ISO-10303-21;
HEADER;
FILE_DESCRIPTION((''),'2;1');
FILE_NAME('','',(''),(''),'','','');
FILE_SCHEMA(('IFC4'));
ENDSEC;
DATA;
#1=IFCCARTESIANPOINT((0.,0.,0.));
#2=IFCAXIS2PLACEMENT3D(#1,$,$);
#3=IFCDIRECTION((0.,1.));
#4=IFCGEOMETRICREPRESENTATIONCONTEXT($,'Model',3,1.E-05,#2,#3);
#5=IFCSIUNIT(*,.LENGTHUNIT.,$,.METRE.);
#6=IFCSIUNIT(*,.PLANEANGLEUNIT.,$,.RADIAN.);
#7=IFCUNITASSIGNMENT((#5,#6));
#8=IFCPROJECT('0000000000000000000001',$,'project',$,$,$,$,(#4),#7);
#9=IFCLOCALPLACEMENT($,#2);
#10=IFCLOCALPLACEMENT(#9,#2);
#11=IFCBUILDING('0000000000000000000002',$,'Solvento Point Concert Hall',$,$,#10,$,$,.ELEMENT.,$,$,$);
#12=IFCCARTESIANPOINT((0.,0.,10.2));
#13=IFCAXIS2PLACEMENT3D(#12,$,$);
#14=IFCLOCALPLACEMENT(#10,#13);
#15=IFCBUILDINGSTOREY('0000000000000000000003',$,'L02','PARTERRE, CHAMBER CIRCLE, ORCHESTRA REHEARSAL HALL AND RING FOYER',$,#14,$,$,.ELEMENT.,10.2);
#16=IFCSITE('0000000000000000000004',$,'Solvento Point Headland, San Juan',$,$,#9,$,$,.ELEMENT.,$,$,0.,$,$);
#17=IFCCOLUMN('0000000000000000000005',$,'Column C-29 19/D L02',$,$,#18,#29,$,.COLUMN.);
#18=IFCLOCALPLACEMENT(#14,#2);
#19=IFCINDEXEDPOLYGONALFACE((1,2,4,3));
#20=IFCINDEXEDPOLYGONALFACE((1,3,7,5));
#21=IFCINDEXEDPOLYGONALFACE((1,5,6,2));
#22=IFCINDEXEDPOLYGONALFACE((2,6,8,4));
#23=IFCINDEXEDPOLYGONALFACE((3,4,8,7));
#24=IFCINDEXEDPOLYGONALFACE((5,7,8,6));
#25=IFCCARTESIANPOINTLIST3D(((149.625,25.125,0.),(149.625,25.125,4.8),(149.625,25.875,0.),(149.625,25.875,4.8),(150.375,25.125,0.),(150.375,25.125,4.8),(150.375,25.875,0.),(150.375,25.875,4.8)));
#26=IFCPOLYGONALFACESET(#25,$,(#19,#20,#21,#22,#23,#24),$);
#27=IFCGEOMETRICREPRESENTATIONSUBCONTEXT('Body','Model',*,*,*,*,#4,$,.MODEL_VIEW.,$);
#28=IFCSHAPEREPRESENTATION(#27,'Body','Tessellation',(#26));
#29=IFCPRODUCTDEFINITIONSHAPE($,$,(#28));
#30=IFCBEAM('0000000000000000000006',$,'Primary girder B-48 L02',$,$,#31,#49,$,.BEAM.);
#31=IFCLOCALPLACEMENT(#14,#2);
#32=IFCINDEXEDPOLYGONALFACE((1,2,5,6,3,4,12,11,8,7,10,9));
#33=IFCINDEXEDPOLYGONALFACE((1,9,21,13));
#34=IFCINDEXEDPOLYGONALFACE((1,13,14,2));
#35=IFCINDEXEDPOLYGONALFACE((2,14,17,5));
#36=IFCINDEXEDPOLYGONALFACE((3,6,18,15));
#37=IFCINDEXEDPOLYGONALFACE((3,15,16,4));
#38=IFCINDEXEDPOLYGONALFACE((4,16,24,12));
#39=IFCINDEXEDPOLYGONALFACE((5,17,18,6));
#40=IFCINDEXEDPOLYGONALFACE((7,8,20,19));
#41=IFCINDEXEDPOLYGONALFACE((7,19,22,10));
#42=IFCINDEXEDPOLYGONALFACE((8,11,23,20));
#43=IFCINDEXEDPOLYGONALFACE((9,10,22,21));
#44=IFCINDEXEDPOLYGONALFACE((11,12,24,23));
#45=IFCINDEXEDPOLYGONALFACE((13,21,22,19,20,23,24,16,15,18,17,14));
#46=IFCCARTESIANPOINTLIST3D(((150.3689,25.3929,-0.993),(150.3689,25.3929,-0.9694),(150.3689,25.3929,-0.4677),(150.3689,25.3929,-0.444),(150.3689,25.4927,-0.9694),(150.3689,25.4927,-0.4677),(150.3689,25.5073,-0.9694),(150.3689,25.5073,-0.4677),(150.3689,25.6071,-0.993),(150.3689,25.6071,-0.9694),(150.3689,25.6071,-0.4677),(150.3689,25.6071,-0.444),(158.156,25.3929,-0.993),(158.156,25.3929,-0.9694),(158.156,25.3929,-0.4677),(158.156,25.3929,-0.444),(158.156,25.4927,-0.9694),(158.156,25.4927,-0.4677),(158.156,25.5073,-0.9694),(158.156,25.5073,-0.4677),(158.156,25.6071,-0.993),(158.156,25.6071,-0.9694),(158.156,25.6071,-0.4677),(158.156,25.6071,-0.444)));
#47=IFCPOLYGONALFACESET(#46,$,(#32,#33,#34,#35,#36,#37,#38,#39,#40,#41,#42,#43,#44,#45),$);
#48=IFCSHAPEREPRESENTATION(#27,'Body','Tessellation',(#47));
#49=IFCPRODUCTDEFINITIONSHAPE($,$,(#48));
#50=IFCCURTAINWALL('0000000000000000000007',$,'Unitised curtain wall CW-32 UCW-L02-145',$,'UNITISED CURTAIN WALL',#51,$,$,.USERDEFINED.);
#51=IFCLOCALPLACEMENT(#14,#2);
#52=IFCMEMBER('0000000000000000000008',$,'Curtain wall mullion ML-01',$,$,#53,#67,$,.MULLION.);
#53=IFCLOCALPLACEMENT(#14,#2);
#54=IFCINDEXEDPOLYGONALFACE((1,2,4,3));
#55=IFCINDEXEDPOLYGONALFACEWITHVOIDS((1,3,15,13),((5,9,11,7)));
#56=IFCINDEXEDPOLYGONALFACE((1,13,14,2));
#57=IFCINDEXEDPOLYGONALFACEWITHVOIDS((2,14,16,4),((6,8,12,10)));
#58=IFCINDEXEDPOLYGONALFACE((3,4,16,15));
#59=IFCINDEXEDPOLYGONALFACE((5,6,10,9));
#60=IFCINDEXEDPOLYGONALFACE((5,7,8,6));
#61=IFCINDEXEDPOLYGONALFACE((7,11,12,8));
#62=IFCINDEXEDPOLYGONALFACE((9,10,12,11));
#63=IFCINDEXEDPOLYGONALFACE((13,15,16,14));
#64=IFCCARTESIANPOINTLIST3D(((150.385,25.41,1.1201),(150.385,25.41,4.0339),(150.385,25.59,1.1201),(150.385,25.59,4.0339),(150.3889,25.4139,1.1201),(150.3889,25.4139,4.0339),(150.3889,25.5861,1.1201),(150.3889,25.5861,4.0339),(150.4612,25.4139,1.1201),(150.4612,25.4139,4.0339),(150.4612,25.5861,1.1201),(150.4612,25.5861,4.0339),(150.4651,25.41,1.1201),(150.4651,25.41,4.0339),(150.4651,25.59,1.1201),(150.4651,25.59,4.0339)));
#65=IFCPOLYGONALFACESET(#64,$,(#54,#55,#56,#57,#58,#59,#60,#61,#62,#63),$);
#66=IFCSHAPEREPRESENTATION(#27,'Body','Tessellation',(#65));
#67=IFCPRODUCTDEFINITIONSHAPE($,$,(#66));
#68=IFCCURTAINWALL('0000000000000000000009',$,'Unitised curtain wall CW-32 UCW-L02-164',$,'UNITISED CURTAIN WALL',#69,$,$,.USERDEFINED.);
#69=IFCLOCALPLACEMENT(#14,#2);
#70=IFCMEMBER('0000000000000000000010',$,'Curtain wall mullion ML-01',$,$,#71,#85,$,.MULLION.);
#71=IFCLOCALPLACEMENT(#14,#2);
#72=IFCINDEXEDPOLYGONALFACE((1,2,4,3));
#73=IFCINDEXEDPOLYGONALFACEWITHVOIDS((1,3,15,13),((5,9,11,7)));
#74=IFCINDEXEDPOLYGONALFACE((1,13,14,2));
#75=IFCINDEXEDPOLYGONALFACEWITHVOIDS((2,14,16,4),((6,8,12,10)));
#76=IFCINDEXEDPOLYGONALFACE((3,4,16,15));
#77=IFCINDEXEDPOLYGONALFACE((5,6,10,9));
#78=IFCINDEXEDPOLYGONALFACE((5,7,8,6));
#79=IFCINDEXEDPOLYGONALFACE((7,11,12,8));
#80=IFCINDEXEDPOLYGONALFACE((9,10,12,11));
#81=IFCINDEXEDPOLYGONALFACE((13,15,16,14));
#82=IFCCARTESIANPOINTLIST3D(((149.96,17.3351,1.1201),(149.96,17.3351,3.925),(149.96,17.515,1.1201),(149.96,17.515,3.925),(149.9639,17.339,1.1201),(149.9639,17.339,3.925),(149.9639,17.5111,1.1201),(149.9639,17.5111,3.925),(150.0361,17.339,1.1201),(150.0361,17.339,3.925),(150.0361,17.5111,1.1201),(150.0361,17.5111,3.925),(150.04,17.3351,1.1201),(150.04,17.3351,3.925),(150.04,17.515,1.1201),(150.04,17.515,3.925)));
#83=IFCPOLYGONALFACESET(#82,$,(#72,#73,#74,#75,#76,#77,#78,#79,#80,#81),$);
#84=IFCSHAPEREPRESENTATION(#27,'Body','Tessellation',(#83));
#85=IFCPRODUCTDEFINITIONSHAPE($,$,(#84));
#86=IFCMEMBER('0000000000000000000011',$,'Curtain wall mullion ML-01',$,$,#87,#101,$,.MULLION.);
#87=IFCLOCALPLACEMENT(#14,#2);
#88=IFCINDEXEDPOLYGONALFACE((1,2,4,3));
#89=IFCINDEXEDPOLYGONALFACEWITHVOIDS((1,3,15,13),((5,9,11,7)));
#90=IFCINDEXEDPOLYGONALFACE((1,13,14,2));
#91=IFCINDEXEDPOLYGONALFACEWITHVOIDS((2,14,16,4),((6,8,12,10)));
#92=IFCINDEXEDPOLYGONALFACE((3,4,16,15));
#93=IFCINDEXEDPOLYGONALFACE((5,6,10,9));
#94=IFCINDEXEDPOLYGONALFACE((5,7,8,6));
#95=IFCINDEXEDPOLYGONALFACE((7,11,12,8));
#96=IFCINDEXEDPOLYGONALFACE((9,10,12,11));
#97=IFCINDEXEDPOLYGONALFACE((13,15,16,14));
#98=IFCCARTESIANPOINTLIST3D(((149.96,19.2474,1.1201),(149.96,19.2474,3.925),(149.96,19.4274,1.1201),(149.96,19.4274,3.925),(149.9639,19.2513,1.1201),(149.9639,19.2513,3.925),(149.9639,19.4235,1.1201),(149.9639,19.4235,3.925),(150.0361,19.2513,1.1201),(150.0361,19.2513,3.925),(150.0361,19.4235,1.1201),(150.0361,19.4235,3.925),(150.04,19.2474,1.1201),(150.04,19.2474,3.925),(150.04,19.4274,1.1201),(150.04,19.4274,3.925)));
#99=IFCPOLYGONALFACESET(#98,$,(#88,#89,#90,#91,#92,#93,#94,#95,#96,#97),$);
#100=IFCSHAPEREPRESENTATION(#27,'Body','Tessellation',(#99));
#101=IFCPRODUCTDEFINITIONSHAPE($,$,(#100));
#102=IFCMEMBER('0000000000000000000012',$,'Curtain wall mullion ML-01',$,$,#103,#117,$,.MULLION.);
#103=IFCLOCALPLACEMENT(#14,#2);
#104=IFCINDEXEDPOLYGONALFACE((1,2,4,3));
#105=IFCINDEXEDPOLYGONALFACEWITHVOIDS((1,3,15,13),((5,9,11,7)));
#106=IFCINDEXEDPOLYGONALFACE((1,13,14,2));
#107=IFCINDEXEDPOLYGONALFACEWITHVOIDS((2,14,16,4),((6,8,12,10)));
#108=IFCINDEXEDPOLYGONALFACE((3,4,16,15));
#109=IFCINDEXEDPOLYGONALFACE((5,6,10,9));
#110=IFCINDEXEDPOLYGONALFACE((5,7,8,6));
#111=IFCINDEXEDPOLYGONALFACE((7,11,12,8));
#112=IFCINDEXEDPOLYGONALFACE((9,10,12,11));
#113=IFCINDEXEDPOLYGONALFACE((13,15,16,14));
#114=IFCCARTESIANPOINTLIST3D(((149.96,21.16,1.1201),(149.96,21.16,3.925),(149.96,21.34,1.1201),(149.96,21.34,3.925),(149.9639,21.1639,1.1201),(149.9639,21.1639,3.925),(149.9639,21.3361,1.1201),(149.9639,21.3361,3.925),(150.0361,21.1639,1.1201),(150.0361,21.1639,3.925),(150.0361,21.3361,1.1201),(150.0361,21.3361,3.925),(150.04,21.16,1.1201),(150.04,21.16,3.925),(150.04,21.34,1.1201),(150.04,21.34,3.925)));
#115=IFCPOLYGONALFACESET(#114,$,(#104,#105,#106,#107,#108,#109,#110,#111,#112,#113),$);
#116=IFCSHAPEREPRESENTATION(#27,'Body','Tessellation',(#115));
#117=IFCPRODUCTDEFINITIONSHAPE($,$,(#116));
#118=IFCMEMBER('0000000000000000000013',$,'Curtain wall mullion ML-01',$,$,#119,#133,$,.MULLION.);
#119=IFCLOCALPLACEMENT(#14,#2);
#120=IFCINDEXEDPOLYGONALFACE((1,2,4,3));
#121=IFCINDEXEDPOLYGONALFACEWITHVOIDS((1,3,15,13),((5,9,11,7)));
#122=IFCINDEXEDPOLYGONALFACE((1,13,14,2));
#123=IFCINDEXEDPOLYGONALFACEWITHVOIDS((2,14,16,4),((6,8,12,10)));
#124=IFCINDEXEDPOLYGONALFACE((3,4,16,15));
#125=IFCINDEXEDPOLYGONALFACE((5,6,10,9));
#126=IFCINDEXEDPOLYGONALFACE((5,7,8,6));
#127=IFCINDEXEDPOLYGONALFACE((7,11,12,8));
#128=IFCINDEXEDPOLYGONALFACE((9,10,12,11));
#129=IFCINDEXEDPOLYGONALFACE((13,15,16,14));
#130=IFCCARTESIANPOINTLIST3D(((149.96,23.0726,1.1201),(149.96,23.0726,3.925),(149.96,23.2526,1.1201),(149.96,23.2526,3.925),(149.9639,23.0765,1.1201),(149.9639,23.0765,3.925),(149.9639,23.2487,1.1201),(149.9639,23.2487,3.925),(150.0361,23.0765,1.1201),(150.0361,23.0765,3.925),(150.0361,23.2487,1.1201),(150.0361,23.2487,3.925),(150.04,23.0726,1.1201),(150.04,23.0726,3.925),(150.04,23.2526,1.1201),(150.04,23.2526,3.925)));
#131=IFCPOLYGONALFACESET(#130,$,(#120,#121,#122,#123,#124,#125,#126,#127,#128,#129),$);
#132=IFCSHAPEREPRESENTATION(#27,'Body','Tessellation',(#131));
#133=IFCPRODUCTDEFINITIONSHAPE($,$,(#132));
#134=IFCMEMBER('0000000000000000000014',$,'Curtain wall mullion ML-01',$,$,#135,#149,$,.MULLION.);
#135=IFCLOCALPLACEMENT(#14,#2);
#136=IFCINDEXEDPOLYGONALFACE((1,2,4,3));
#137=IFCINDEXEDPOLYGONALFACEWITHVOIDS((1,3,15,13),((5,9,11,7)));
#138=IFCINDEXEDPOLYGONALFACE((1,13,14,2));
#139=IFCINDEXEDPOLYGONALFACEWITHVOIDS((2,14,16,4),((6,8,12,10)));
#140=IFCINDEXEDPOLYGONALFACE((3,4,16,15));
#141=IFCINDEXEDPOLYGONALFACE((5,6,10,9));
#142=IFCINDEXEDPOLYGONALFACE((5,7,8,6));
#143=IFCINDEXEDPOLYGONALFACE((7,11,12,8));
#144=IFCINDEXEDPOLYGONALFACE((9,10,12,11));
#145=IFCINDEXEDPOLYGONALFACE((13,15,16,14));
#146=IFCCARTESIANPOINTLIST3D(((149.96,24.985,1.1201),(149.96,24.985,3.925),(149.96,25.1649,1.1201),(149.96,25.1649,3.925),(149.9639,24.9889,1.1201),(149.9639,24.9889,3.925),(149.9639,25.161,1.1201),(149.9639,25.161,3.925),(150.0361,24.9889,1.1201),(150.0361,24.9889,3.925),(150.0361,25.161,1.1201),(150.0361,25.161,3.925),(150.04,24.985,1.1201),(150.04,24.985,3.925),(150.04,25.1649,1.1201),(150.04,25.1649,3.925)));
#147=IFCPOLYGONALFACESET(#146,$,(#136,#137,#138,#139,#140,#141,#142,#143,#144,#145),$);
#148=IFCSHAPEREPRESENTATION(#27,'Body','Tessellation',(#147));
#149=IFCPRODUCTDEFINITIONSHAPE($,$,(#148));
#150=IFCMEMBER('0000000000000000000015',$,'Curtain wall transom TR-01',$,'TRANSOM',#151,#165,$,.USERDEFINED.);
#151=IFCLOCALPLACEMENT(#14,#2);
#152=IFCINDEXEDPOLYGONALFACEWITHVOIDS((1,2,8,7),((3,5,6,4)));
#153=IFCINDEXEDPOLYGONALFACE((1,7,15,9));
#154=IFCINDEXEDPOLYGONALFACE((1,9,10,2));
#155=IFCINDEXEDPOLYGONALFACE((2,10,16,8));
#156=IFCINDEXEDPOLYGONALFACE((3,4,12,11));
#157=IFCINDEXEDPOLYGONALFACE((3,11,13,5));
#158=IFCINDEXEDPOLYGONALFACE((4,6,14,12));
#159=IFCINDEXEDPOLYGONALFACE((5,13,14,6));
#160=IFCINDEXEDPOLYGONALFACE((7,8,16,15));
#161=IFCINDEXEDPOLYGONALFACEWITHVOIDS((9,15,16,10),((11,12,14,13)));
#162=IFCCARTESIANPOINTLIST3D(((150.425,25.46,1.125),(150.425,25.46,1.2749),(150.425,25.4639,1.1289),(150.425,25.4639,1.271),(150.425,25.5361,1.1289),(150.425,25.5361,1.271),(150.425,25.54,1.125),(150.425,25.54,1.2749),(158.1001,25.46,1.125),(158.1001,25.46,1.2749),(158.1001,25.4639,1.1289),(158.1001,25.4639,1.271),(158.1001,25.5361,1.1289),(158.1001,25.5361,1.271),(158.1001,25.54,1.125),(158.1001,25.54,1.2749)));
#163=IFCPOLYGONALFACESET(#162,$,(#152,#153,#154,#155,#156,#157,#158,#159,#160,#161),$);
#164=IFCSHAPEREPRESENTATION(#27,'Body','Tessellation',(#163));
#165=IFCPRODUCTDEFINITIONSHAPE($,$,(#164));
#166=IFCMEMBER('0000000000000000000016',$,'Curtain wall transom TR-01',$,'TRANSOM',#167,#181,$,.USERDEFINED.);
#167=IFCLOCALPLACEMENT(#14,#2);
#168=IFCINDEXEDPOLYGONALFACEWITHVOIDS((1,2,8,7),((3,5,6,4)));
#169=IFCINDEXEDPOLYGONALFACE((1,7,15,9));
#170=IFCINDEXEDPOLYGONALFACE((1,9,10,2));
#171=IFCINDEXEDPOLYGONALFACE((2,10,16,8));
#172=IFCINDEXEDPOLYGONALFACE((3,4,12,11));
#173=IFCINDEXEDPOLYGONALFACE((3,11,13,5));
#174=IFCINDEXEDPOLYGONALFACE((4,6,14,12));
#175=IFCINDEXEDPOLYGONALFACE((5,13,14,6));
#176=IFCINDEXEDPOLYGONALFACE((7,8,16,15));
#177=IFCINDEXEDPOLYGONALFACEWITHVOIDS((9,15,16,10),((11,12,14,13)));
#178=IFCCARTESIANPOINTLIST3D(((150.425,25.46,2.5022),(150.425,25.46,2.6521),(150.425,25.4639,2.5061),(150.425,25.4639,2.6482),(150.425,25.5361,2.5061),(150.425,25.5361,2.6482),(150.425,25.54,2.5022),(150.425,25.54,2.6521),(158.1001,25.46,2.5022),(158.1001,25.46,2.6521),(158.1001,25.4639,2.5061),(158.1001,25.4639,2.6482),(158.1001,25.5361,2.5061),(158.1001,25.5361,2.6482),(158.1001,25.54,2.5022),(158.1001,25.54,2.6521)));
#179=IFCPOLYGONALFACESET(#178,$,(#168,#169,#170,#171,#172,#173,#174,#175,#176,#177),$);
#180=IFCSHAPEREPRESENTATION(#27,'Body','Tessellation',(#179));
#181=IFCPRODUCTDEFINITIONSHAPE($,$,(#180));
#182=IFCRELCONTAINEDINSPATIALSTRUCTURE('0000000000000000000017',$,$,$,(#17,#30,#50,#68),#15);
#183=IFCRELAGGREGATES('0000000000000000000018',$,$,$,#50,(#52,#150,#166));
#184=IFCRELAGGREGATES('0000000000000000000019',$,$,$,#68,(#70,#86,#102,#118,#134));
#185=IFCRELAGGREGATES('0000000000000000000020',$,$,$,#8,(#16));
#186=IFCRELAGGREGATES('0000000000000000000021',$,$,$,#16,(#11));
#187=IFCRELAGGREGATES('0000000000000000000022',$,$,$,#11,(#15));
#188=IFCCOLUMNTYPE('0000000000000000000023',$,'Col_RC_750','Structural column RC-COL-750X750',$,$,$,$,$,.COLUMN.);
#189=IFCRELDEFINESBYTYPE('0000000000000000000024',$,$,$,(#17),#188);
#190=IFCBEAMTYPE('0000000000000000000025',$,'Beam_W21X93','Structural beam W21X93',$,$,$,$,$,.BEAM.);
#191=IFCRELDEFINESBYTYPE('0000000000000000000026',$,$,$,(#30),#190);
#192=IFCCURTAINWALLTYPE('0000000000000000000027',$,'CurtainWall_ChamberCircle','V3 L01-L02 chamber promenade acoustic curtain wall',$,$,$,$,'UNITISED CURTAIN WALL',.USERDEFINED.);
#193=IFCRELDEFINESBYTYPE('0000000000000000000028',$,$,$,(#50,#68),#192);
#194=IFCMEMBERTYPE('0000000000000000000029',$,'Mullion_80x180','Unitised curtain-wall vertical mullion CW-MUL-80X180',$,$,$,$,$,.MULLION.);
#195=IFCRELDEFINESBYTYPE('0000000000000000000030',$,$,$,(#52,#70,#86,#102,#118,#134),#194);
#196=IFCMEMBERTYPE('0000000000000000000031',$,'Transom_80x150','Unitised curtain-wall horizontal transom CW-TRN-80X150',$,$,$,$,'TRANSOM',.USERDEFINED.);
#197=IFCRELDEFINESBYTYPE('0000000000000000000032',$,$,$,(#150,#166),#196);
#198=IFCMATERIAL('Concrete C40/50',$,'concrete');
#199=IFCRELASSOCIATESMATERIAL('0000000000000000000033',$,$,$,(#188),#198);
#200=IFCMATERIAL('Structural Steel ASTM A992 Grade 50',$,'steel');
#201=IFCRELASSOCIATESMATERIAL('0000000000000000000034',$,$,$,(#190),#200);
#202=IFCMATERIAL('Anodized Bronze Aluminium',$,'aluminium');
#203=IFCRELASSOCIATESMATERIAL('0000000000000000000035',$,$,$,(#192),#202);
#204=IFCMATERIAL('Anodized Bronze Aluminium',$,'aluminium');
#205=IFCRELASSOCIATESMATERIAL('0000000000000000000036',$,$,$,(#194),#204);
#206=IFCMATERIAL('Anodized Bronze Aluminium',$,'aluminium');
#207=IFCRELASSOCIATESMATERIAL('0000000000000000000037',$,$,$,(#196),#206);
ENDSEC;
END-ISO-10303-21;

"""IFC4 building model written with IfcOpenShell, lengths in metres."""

from ifc_helpers import new_model, si_unit, direction, frame, origin, origin_2d, place, context, subcontext, project, spatial, rectangle, hollow_rectangle, i_section, extrude, material, material_profile, profile_set, type_object, element, aggregate, save


model = new_model("IFC4")

# Units and contexts
model_context = context("Model", 3, precision=1e-05, world=origin(), true_north=direction((0.0, 1.0)))
body_context = subcontext(model_context, "Body", "Model", "MODEL_VIEW")
ifc_project = project(units=[si_unit("LENGTHUNIT", "METRE"), si_unit("PLANEANGLEUNIT", "RADIAN")], contexts=[model_context])

# Site, building, storey
site_placement = place(None, origin())
site = spatial("IfcSite", under=ifc_project, at=site_placement, Name="Solvento Point Headland, San Juan", CompositionType="ELEMENT", RefElevation=0.0)
building_placement = place(site_placement, origin())
building = spatial("IfcBuilding", under=site, at=building_placement, Name="Solvento Point Concert Hall", CompositionType="ELEMENT")
storey_placement = place(building_placement, frame((0.0, 0.0, 10.2)))
storey = spatial("IfcBuildingStorey", under=building, at=storey_placement, Name="L02", Description="PARTERRE, CHAMBER CIRCLE, ORCHESTRA REHEARSAL HALL AND RING FOYER", CompositionType="ELEMENT", Elevation=10.2)

# Column
ifc_material_1 = material(Name="Concrete C40/50", Category="concrete")
ifc_material_profile_1 = material_profile(ifc_material_1, rectangle(XDim=0.75, YDim=0.75, at=origin_2d()), Name="RC-COL-750X750")
ifc_profile_set_1 = profile_set([ifc_material_profile_1], Name="Concrete C40/50")
column_type = type_object("IfcColumnType", Name="Col_RC_750", Description="Structural column RC-COL-750X750", PredefinedType="COLUMN", material=ifc_profile_set_1)
column_placement = place(storey_placement, frame((150.0, 25.5, 0.0), z_axis=(0.0, 0.0, 1.0), x_axis=(1.0, 0.0, 0.0)))
element("IfcColumn", 1, at=column_placement, inside=storey, type_object=column_type, Name="Column C-29 19/D L02", PredefinedType="COLUMN", context=body_context, shape_type="SweptSolid", body=[
    extrude(rectangle(XDim=0.75, YDim=0.75, at=origin_2d()), origin(), (0.0, 0.0, 1.0), 4.8),
])

# Beam
ifc_material_2 = material(Name="Structural Steel ASTM A992 Grade 50", Category="steel")
ifc_material_profile_2 = material_profile(ifc_material_2, i_section(OverallWidth=0.2141, OverallDepth=0.5491, WebThickness=0.0146, FlangeThickness=0.0237, at=origin_2d()), Name="W21X93")
ifc_profile_set_2 = profile_set([ifc_material_profile_2], Name="Structural Steel ASTM A992 Grade 50")
beam_type = type_object("IfcBeamType", Name="Beam_W21X93", Description="Structural beam W21X93", PredefinedType="BEAM", material=ifc_profile_set_2)
beam_placement = place(storey_placement, frame((150.3689, 25.5, -0.7185), z_axis=(1.0, 0.0, 0.0), x_axis=(0.0, 1.0, 0.0)))
element("IfcBeam", 2, at=beam_placement, inside=storey, type_object=beam_type, Name="Primary girder B-48 L02", PredefinedType="BEAM", context=body_context, shape_type="SweptSolid", body=[
    extrude(i_section(OverallWidth=0.2141, OverallDepth=0.5491, WebThickness=0.0146, FlangeThickness=0.0237, at=origin_2d()), origin(), (0.0, 0.0, 1.0), 7.7871),
])

# Curtain wall, member
ifc_material_3 = material(Name="Anodized Bronze Aluminium", Category="aluminium")
curtain_wall_type = type_object("IfcCurtainWallType", Name="CurtainWall_ChamberCircle", Description="V3 L01-L02 chamber promenade acoustic curtain wall", ElementType="UNITISED CURTAIN WALL", PredefinedType="USERDEFINED", material=ifc_material_3)
curtain_wall_1_placement = place(storey_placement, origin())
curtain_wall_1 = element("IfcCurtainWall", 3, at=curtain_wall_1_placement, inside=storey, type_object=curtain_wall_type, Name="Unitised curtain wall CW-32 UCW-L02-145", ObjectType="UNITISED CURTAIN WALL", PredefinedType="USERDEFINED")
ifc_material_4 = material(Name="Anodized Bronze Aluminium", Category="aluminium")
ifc_material_profile_3 = material_profile(ifc_material_4, hollow_rectangle(XDim=0.0801, YDim=0.1799, WallThickness=0.0039, at=origin_2d()), Name="CW-MUL-80X180")
ifc_profile_set_3 = profile_set([ifc_material_profile_3], Name="Anodized Bronze Aluminium")
member_type_1 = type_object("IfcMemberType", Name="Mullion_80x180", Description="Unitised curtain-wall vertical mullion CW-MUL-80X180", PredefinedType="MULLION", material=ifc_profile_set_3)
member_1_placement = place(storey_placement, frame((150.425, 25.5, 1.1201), z_axis=(0.0, 0.0, 1.0), x_axis=(1.0, 0.0, 0.0)))
member_1 = element("IfcMember", 4, at=member_1_placement, type_object=member_type_1, Name="Curtain wall mullion ML-01", PredefinedType="MULLION", context=body_context, shape_type="SweptSolid", body=[
    extrude(hollow_rectangle(XDim=0.0801, YDim=0.1799, WallThickness=0.0039, at=origin_2d()), origin(), (0.0, 0.0, 1.0), 2.9138),
])

# Curtain wall, members
curtain_wall_2_placement = place(storey_placement, origin())
curtain_wall_2 = element("IfcCurtainWall", 5, at=curtain_wall_2_placement, inside=storey, type_object=curtain_wall_type, Name="Unitised curtain wall CW-32 UCW-L02-164", ObjectType="UNITISED CURTAIN WALL", PredefinedType="USERDEFINED")
member_2_placement = place(storey_placement, frame((150.0, 17.425, 1.1201), z_axis=(0.0, 0.0, 1.0), x_axis=(1.0, 0.0, 0.0)))
member_2 = element("IfcMember", 6, at=member_2_placement, type_object=member_type_1, Name="Curtain wall mullion ML-01", PredefinedType="MULLION", context=body_context, shape_type="SweptSolid", body=[
    extrude(hollow_rectangle(XDim=0.0801, YDim=0.1799, WallThickness=0.0039, at=origin_2d()), origin(), (0.0, 0.0, 1.0), 2.8049),
])
member_3_placement = place(storey_placement, frame((150.0, 19.3374, 1.1201), z_axis=(0.0, 0.0, 1.0), x_axis=(1.0, 0.0, 0.0)))
member_3 = element("IfcMember", 7, at=member_3_placement, type_object=member_type_1, Name="Curtain wall mullion ML-01", PredefinedType="MULLION", context=body_context, shape_type="SweptSolid", body=[
    extrude(hollow_rectangle(XDim=0.0801, YDim=0.1799, WallThickness=0.0039, at=origin_2d()), origin(), (0.0, 0.0, 1.0), 2.8049),
])
member_4_placement = place(storey_placement, frame((150.0, 21.25, 1.1201), z_axis=(0.0, 0.0, 1.0), x_axis=(1.0, 0.0, 0.0)))
member_4 = element("IfcMember", 8, at=member_4_placement, type_object=member_type_1, Name="Curtain wall mullion ML-01", PredefinedType="MULLION", context=body_context, shape_type="SweptSolid", body=[
    extrude(hollow_rectangle(XDim=0.0801, YDim=0.1799, WallThickness=0.0039, at=origin_2d()), origin(), (0.0, 0.0, 1.0), 2.8049),
])
member_5_placement = place(storey_placement, frame((150.0, 23.1626, 1.1201), z_axis=(0.0, 0.0, 1.0), x_axis=(1.0, 0.0, 0.0)))
member_5 = element("IfcMember", 9, at=member_5_placement, type_object=member_type_1, Name="Curtain wall mullion ML-01", PredefinedType="MULLION", context=body_context, shape_type="SweptSolid", body=[
    extrude(hollow_rectangle(XDim=0.0801, YDim=0.1799, WallThickness=0.0039, at=origin_2d()), origin(), (0.0, 0.0, 1.0), 2.8049),
])
member_6_placement = place(storey_placement, frame((150.0, 25.075, 1.1201), z_axis=(0.0, 0.0, 1.0), x_axis=(1.0, 0.0, 0.0)))
member_6 = element("IfcMember", 10, at=member_6_placement, type_object=member_type_1, Name="Curtain wall mullion ML-01", PredefinedType="MULLION", context=body_context, shape_type="SweptSolid", body=[
    extrude(hollow_rectangle(XDim=0.0801, YDim=0.1799, WallThickness=0.0039, at=origin_2d()), origin(), (0.0, 0.0, 1.0), 2.8049),
])

# Members
ifc_material_5 = material(Name="Anodized Bronze Aluminium", Category="aluminium")
ifc_material_profile_4 = material_profile(ifc_material_5, hollow_rectangle(XDim=0.0801, YDim=0.1499, WallThickness=0.0039, at=origin_2d()), Name="CW-TRN-80X150")
ifc_profile_set_4 = profile_set([ifc_material_profile_4], Name="Anodized Bronze Aluminium")
member_type_2 = type_object("IfcMemberType", Name="Transom_80x150", Description="Unitised curtain-wall horizontal transom CW-TRN-80X150", ElementType="TRANSOM", PredefinedType="USERDEFINED", material=ifc_profile_set_4)
member_7_placement = place(storey_placement, frame((150.425, 25.5, 1.2), z_axis=(1.0, 0.0, 0.0), x_axis=(0.0, 1.0, 0.0)))
member_7 = element("IfcMember", 11, at=member_7_placement, type_object=member_type_2, Name="Curtain wall transom TR-01", ObjectType="TRANSOM", PredefinedType="USERDEFINED", context=body_context, shape_type="SweptSolid", body=[
    extrude(hollow_rectangle(XDim=0.0801, YDim=0.1499, WallThickness=0.0039, at=origin_2d()), origin(), (0.0, 0.0, 1.0), 7.675),
])
member_8_placement = place(storey_placement, frame((150.425, 25.5, 2.5771), z_axis=(1.0, 0.0, 0.0), x_axis=(0.0, 1.0, 0.0)))
member_8 = element("IfcMember", 12, at=member_8_placement, type_object=member_type_2, Name="Curtain wall transom TR-01", ObjectType="TRANSOM", PredefinedType="USERDEFINED", context=body_context, shape_type="SweptSolid", body=[
    extrude(hollow_rectangle(XDim=0.0801, YDim=0.1499, WallThickness=0.0039, at=origin_2d()), origin(), (0.0, 0.0, 1.0), 7.675),
])
aggregate(curtain_wall_1, [member_1, member_7, member_8])

aggregate(curtain_wall_2, [member_2, member_3, member_4, member_5, member_6])

save(model, "model.ifc")
